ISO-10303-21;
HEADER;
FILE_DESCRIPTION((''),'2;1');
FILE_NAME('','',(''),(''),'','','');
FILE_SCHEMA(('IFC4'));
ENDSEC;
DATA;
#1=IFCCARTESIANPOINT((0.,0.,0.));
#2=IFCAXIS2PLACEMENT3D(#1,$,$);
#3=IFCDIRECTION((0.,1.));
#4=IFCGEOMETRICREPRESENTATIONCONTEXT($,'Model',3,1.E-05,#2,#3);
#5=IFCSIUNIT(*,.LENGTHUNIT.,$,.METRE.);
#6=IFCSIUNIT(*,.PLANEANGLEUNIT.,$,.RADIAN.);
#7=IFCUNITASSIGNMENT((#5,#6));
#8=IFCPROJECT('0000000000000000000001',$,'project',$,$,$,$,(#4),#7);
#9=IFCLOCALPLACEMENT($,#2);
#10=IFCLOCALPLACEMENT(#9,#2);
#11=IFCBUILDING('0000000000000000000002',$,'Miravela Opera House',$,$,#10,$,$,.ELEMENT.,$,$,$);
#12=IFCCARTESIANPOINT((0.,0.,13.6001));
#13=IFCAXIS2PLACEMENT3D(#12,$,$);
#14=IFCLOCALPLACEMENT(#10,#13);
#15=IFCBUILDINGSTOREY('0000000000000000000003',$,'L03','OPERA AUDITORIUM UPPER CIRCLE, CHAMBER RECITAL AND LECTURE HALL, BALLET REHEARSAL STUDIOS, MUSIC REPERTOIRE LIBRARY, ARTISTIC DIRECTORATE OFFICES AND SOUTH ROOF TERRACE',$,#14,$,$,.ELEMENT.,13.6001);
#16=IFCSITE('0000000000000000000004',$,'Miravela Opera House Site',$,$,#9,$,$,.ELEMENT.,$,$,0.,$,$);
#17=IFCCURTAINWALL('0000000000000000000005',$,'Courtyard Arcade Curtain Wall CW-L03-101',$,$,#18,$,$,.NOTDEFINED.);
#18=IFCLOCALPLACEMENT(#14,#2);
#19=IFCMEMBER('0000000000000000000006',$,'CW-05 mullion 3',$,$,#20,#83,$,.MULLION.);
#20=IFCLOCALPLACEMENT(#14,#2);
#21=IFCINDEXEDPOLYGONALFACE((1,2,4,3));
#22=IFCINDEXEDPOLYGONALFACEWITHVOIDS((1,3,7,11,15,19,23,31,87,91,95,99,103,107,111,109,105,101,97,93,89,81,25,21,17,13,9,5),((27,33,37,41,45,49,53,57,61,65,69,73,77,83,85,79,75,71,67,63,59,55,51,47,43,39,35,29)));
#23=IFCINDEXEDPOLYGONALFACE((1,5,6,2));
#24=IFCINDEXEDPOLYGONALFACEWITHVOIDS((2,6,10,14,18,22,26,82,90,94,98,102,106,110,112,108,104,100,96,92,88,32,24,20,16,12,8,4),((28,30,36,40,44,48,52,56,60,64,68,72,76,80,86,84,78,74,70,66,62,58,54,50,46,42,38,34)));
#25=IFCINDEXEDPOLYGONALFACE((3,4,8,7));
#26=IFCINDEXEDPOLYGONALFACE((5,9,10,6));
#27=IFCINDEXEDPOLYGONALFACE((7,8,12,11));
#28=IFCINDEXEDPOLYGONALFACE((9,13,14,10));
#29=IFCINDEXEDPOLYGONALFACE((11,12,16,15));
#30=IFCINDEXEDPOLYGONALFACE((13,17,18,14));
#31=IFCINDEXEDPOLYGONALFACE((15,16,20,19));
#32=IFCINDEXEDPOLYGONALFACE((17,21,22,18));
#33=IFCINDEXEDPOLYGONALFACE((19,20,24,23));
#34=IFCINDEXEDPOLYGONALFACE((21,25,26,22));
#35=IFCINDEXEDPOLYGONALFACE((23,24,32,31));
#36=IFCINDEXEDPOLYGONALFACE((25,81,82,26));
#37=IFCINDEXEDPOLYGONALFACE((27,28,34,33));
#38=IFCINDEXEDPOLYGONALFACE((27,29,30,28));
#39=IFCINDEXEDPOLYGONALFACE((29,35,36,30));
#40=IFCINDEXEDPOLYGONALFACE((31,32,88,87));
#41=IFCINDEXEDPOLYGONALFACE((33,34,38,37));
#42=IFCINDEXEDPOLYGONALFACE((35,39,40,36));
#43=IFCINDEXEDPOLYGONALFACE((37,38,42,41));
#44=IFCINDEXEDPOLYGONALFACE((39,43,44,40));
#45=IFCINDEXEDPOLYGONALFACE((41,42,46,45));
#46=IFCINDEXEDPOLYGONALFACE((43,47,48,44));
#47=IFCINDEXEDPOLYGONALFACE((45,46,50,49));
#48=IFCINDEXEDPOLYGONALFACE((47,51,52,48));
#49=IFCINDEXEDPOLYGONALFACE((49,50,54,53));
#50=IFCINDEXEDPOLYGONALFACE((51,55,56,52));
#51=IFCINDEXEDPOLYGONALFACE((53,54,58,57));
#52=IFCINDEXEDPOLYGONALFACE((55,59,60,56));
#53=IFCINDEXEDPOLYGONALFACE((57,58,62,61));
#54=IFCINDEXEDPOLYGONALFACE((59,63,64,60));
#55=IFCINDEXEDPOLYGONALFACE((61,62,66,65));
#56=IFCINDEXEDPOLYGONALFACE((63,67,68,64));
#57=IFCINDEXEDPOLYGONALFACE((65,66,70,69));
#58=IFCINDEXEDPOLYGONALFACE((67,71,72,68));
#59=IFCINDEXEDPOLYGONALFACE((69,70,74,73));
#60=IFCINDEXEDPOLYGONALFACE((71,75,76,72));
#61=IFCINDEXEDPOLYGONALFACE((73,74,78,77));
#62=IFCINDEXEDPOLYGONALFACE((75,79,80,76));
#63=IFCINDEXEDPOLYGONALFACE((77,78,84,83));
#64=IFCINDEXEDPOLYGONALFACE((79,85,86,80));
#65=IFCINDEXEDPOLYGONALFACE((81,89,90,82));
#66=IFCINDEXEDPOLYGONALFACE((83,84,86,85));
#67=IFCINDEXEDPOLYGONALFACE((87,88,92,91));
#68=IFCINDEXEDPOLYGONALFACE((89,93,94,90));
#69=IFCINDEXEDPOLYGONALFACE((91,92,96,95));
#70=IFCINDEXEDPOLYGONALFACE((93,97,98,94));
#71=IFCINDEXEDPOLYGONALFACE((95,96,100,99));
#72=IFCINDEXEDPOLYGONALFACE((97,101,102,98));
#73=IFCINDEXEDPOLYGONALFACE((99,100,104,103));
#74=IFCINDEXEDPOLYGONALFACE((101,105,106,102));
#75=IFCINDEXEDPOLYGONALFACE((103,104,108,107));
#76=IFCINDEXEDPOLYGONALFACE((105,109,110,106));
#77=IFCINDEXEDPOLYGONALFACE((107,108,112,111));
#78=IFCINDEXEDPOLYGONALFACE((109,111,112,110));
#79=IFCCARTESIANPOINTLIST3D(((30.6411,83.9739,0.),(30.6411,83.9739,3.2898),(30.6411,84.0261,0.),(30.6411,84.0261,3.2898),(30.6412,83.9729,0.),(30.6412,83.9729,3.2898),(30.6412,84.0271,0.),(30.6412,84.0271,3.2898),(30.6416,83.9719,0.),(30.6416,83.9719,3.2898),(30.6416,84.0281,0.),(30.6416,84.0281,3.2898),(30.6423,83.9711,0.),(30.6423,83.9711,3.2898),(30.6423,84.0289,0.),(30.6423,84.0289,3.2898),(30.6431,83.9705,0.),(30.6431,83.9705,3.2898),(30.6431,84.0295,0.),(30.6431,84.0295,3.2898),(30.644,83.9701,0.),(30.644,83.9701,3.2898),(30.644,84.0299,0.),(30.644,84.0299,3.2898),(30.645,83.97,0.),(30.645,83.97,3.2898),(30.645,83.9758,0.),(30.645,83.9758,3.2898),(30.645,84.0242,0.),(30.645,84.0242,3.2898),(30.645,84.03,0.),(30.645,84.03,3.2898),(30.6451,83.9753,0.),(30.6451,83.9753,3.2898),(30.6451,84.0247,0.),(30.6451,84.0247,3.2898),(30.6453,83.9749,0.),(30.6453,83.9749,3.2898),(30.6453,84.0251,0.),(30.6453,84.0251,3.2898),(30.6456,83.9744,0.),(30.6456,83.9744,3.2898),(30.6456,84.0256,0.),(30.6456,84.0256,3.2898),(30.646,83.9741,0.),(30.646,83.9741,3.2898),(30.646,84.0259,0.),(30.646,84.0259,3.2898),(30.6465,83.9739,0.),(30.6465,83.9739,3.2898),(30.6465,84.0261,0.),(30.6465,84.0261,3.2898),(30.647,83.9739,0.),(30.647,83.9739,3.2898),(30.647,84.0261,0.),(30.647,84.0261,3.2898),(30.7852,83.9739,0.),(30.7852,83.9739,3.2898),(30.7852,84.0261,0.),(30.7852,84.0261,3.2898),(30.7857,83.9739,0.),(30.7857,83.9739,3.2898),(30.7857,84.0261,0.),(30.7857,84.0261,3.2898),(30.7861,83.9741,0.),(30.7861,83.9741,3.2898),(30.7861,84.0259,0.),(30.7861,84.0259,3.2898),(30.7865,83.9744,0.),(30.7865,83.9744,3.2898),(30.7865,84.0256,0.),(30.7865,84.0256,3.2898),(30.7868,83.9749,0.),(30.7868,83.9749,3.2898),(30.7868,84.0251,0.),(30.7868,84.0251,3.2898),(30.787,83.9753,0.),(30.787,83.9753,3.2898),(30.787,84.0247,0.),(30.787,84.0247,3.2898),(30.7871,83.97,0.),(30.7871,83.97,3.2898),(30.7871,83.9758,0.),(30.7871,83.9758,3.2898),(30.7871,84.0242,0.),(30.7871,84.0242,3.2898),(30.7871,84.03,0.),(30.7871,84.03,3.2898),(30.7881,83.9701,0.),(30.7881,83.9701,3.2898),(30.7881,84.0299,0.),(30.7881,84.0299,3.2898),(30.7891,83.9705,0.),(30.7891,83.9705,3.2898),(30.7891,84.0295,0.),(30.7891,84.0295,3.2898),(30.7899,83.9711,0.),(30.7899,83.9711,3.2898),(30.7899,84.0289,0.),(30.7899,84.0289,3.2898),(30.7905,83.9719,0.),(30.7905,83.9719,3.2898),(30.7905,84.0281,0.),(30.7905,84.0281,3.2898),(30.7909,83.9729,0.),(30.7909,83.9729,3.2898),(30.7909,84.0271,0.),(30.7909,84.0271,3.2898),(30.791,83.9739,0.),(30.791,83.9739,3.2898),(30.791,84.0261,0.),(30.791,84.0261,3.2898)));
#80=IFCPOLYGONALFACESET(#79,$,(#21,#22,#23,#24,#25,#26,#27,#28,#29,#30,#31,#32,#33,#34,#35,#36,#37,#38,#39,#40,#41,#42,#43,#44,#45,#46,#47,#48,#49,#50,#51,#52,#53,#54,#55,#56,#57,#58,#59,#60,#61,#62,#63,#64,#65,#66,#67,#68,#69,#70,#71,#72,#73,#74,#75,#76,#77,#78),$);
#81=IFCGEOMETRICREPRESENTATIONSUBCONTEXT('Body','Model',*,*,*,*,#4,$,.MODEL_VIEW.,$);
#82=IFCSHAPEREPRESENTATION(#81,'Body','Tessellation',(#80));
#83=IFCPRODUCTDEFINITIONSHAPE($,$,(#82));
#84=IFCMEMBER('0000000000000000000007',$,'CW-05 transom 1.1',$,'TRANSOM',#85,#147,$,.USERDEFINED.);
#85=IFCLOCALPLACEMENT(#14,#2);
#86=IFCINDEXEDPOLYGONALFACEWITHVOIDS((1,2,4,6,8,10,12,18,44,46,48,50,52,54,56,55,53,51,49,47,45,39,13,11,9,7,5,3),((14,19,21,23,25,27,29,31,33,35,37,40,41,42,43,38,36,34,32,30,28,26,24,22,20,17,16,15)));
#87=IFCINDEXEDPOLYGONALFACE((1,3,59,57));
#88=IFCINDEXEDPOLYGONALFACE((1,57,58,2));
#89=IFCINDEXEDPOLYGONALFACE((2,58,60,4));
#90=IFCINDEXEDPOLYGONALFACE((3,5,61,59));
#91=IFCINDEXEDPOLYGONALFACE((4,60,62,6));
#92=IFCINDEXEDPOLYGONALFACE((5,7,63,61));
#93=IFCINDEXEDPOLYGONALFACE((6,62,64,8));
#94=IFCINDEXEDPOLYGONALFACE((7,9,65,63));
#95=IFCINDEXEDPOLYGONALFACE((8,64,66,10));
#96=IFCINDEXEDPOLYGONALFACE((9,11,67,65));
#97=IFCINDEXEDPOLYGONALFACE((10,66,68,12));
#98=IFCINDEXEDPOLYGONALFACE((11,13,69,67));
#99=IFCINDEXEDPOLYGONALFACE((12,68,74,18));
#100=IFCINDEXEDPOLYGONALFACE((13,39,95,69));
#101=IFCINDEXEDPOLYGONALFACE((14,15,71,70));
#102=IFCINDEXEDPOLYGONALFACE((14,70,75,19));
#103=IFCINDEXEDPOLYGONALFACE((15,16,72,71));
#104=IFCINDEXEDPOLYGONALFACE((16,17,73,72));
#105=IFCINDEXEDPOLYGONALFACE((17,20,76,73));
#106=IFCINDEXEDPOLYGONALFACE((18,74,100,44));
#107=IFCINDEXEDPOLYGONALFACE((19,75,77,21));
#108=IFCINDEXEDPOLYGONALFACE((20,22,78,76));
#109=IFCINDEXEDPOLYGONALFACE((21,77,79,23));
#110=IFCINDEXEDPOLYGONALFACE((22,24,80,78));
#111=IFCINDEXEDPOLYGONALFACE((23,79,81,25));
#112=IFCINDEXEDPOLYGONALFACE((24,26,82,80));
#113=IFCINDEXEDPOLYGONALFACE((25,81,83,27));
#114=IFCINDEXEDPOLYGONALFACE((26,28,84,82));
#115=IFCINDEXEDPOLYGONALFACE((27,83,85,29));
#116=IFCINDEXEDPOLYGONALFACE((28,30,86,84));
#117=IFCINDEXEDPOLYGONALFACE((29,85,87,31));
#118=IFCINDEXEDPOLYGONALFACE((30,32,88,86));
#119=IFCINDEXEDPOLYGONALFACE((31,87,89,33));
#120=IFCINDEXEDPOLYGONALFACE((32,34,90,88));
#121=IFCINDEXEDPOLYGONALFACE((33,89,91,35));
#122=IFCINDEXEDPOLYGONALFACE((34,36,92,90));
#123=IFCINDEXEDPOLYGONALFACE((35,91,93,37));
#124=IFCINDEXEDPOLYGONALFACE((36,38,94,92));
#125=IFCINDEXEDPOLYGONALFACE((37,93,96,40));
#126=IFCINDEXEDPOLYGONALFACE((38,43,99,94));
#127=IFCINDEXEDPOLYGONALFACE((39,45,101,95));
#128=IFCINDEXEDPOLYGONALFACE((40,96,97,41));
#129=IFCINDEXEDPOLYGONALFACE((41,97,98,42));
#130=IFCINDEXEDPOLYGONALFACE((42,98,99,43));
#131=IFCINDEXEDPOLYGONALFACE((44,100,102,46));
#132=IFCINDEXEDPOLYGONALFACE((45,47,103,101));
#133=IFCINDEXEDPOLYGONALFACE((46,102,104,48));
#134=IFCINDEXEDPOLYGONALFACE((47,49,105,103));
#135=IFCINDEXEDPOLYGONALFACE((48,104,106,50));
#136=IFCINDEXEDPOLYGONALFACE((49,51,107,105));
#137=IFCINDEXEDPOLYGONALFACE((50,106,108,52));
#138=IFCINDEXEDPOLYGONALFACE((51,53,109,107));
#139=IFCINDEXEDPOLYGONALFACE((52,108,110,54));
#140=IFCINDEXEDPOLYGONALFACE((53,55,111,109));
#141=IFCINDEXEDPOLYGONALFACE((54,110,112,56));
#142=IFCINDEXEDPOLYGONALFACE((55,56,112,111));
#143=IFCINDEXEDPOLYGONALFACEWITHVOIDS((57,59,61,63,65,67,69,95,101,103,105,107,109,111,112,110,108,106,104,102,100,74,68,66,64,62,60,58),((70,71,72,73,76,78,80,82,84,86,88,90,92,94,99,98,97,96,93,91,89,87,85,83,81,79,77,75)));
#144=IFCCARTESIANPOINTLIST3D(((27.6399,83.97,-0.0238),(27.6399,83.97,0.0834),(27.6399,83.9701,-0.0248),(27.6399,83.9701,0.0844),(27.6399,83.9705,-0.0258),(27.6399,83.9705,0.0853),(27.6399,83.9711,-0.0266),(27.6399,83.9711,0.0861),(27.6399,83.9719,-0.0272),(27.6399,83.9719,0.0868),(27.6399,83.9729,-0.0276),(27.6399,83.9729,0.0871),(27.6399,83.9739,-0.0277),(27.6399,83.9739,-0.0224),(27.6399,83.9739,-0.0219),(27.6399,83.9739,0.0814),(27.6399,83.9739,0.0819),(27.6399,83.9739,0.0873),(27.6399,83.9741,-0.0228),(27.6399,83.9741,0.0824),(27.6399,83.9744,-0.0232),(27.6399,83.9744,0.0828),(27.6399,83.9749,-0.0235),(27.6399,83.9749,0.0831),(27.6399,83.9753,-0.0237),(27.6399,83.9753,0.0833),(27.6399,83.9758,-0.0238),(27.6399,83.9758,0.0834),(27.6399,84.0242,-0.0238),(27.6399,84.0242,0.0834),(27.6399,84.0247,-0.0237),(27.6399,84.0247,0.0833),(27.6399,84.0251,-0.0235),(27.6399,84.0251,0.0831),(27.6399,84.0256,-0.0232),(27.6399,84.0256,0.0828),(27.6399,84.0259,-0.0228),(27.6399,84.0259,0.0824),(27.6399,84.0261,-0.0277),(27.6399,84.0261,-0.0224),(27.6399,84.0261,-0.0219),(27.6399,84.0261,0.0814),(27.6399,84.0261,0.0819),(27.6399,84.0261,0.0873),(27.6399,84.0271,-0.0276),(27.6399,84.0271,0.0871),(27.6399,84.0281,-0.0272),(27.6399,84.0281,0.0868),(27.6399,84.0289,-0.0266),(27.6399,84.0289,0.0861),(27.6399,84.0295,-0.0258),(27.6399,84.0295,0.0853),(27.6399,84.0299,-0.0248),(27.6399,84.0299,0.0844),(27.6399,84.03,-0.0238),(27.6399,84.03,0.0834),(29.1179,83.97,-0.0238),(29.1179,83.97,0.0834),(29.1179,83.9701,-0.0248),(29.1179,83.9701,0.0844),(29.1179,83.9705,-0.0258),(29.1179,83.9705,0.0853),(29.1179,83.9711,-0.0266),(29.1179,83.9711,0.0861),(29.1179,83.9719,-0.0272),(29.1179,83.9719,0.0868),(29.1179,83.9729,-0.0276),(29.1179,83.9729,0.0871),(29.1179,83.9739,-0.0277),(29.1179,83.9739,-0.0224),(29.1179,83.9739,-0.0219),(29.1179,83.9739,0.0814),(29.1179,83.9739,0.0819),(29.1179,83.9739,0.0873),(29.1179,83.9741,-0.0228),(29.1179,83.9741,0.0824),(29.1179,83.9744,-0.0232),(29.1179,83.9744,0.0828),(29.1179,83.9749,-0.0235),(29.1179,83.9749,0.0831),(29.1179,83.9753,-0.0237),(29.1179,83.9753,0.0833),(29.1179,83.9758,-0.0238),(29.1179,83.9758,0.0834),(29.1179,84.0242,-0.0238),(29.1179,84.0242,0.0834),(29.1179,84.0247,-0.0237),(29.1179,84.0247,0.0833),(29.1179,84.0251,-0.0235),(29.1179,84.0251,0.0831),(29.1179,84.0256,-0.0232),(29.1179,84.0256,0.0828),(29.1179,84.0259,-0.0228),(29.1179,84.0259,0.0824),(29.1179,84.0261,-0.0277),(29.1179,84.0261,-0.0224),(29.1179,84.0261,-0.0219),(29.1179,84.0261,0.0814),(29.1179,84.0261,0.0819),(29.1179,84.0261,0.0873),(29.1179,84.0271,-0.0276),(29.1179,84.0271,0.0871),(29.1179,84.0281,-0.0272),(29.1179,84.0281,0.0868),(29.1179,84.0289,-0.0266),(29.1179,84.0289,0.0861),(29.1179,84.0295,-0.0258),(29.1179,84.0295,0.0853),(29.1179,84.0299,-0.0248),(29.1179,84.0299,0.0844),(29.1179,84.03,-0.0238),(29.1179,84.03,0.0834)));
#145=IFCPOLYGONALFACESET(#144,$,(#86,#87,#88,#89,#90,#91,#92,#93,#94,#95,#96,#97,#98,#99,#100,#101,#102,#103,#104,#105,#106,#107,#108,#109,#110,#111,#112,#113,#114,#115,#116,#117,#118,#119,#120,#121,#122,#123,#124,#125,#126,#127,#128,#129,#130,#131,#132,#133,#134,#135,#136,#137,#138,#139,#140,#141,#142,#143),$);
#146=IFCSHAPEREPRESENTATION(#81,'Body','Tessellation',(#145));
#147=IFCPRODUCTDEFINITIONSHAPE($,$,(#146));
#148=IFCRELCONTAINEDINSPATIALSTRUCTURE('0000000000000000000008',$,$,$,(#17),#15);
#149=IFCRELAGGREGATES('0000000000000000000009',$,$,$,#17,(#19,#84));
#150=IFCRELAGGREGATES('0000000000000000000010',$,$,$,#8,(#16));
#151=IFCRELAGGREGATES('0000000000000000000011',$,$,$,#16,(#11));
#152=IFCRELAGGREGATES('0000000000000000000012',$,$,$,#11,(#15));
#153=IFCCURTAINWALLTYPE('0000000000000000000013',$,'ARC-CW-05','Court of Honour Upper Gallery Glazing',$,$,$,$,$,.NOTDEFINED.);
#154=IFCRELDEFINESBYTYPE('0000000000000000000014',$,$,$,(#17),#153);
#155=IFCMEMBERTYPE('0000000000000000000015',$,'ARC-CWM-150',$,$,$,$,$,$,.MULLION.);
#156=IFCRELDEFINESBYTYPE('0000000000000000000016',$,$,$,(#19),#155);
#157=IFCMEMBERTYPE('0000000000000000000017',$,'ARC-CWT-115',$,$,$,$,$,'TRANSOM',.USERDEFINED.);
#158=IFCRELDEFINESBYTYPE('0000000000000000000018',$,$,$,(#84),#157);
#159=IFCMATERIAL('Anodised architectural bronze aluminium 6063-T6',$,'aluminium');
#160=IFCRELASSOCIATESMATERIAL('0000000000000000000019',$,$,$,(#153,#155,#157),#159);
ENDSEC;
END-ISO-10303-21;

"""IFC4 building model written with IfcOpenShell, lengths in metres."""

from ifc_helpers import new_model, si_unit, direction, frame, origin, origin_2d, place, context, subcontext, project, spatial, hollow_rectangle, extrude, material, material_profile, profile_set, type_object, element, aggregate, save


model = new_model("IFC4")

# Units and contexts
model_context = context("Model", 3, precision=1e-05, world=origin(), true_north=direction((0.0, 1.0)))
body_context = subcontext(model_context, "Body", "Model", "MODEL_VIEW")
ifc_project = project(units=[si_unit("LENGTHUNIT", "METRE"), si_unit("PLANEANGLEUNIT", "RADIAN")], contexts=[model_context])

# Site, building, storey
site_placement = place(None, origin())
site = spatial("IfcSite", under=ifc_project, at=site_placement, Name="Miravela Opera House Site", CompositionType="ELEMENT", RefElevation=0.0)
building_placement = place(site_placement, origin())
building = spatial("IfcBuilding", under=site, at=building_placement, Name="Miravela Opera House", CompositionType="ELEMENT")
storey_placement = place(building_placement, frame((0.0, 0.0, 13.6001)))
storey = spatial("IfcBuildingStorey", under=building, at=storey_placement, Name="L03", Description="OPERA AUDITORIUM UPPER CIRCLE, CHAMBER RECITAL AND LECTURE HALL, BALLET REHEARSAL STUDIOS, MUSIC REPERTOIRE LIBRARY, ARTISTIC DIRECTORATE OFFICES AND SOUTH ROOF TERRACE", CompositionType="ELEMENT", Elevation=13.6001)

# Curtain wall, members
ifc_material_1 = material(Name="Anodised architectural bronze aluminium 6063-T6", Category="aluminium")
curtain_wall_type = type_object("IfcCurtainWallType", Name="ARC-CW-05", Description="Court of Honour Upper Gallery Glazing", PredefinedType="NOTDEFINED", material=ifc_material_1)
curtain_wall_placement = place(storey_placement, origin())
curtain_wall = element("IfcCurtainWall", 1, at=curtain_wall_placement, inside=storey, type_object=curtain_wall_type, Name="Courtyard Arcade Curtain Wall CW-L03-101", PredefinedType="NOTDEFINED")
ifc_material_profile_1 = material_profile(ifc_material_1, hollow_rectangle(XDim=0.0601, YDim=0.1499, WallThickness=0.0039, InnerFilletRadius=0.002, OuterFilletRadius=0.0039, at=origin_2d()), Name="CWM-60X150")
ifc_profile_set_1 = profile_set([ifc_material_profile_1])
member_type_1 = type_object("IfcMemberType", Name="ARC-CWM-150", PredefinedType="MULLION", material=ifc_profile_set_1)
member_1_placement = place(storey_placement, frame((30.7161, 84.0, 0.0), z_axis=(0.0, 0.0, 1.0), x_axis=(0.0, 1.0, 0.0)))
member_1 = element("IfcMember", 2, at=member_1_placement, type_object=member_type_1, Name="CW-05 mullion 3", PredefinedType="MULLION", context=body_context, shape_type="SweptSolid", body=[
    extrude(hollow_rectangle(XDim=0.0601, YDim=0.1499, WallThickness=0.0039, InnerFilletRadius=0.002, OuterFilletRadius=0.0039, at=origin_2d()), origin(), (0.0, 0.0, 1.0), 3.2898),
])
ifc_material_profile_2 = material_profile(ifc_material_1, hollow_rectangle(XDim=0.0601, YDim=0.115, WallThickness=0.0039, InnerFilletRadius=0.002, OuterFilletRadius=0.0039, at=origin_2d()), Name="CWT-60X115")
ifc_profile_set_2 = profile_set([ifc_material_profile_2])
member_type_2 = type_object("IfcMemberType", Name="ARC-CWT-115", ElementType="TRANSOM", PredefinedType="USERDEFINED", material=ifc_profile_set_2)
member_2_placement = place(storey_placement, frame((27.6399, 84.0, 0.0298), z_axis=(1.0, 0.0, 0.0), x_axis=(0.0, 1.0, 0.0)))
member_2 = element("IfcMember", 3, at=member_2_placement, type_object=member_type_2, Name="CW-05 transom 1.1", ObjectType="TRANSOM", PredefinedType="USERDEFINED", context=body_context, shape_type="SweptSolid", body=[
    extrude(hollow_rectangle(XDim=0.0601, YDim=0.115, WallThickness=0.0039, InnerFilletRadius=0.002, OuterFilletRadius=0.0039, at=origin_2d()), origin(), (0.0, 0.0, 1.0), 1.478),
])

aggregate(curtain_wall, [member_1, member_2])

save(model, "model.ifc")
